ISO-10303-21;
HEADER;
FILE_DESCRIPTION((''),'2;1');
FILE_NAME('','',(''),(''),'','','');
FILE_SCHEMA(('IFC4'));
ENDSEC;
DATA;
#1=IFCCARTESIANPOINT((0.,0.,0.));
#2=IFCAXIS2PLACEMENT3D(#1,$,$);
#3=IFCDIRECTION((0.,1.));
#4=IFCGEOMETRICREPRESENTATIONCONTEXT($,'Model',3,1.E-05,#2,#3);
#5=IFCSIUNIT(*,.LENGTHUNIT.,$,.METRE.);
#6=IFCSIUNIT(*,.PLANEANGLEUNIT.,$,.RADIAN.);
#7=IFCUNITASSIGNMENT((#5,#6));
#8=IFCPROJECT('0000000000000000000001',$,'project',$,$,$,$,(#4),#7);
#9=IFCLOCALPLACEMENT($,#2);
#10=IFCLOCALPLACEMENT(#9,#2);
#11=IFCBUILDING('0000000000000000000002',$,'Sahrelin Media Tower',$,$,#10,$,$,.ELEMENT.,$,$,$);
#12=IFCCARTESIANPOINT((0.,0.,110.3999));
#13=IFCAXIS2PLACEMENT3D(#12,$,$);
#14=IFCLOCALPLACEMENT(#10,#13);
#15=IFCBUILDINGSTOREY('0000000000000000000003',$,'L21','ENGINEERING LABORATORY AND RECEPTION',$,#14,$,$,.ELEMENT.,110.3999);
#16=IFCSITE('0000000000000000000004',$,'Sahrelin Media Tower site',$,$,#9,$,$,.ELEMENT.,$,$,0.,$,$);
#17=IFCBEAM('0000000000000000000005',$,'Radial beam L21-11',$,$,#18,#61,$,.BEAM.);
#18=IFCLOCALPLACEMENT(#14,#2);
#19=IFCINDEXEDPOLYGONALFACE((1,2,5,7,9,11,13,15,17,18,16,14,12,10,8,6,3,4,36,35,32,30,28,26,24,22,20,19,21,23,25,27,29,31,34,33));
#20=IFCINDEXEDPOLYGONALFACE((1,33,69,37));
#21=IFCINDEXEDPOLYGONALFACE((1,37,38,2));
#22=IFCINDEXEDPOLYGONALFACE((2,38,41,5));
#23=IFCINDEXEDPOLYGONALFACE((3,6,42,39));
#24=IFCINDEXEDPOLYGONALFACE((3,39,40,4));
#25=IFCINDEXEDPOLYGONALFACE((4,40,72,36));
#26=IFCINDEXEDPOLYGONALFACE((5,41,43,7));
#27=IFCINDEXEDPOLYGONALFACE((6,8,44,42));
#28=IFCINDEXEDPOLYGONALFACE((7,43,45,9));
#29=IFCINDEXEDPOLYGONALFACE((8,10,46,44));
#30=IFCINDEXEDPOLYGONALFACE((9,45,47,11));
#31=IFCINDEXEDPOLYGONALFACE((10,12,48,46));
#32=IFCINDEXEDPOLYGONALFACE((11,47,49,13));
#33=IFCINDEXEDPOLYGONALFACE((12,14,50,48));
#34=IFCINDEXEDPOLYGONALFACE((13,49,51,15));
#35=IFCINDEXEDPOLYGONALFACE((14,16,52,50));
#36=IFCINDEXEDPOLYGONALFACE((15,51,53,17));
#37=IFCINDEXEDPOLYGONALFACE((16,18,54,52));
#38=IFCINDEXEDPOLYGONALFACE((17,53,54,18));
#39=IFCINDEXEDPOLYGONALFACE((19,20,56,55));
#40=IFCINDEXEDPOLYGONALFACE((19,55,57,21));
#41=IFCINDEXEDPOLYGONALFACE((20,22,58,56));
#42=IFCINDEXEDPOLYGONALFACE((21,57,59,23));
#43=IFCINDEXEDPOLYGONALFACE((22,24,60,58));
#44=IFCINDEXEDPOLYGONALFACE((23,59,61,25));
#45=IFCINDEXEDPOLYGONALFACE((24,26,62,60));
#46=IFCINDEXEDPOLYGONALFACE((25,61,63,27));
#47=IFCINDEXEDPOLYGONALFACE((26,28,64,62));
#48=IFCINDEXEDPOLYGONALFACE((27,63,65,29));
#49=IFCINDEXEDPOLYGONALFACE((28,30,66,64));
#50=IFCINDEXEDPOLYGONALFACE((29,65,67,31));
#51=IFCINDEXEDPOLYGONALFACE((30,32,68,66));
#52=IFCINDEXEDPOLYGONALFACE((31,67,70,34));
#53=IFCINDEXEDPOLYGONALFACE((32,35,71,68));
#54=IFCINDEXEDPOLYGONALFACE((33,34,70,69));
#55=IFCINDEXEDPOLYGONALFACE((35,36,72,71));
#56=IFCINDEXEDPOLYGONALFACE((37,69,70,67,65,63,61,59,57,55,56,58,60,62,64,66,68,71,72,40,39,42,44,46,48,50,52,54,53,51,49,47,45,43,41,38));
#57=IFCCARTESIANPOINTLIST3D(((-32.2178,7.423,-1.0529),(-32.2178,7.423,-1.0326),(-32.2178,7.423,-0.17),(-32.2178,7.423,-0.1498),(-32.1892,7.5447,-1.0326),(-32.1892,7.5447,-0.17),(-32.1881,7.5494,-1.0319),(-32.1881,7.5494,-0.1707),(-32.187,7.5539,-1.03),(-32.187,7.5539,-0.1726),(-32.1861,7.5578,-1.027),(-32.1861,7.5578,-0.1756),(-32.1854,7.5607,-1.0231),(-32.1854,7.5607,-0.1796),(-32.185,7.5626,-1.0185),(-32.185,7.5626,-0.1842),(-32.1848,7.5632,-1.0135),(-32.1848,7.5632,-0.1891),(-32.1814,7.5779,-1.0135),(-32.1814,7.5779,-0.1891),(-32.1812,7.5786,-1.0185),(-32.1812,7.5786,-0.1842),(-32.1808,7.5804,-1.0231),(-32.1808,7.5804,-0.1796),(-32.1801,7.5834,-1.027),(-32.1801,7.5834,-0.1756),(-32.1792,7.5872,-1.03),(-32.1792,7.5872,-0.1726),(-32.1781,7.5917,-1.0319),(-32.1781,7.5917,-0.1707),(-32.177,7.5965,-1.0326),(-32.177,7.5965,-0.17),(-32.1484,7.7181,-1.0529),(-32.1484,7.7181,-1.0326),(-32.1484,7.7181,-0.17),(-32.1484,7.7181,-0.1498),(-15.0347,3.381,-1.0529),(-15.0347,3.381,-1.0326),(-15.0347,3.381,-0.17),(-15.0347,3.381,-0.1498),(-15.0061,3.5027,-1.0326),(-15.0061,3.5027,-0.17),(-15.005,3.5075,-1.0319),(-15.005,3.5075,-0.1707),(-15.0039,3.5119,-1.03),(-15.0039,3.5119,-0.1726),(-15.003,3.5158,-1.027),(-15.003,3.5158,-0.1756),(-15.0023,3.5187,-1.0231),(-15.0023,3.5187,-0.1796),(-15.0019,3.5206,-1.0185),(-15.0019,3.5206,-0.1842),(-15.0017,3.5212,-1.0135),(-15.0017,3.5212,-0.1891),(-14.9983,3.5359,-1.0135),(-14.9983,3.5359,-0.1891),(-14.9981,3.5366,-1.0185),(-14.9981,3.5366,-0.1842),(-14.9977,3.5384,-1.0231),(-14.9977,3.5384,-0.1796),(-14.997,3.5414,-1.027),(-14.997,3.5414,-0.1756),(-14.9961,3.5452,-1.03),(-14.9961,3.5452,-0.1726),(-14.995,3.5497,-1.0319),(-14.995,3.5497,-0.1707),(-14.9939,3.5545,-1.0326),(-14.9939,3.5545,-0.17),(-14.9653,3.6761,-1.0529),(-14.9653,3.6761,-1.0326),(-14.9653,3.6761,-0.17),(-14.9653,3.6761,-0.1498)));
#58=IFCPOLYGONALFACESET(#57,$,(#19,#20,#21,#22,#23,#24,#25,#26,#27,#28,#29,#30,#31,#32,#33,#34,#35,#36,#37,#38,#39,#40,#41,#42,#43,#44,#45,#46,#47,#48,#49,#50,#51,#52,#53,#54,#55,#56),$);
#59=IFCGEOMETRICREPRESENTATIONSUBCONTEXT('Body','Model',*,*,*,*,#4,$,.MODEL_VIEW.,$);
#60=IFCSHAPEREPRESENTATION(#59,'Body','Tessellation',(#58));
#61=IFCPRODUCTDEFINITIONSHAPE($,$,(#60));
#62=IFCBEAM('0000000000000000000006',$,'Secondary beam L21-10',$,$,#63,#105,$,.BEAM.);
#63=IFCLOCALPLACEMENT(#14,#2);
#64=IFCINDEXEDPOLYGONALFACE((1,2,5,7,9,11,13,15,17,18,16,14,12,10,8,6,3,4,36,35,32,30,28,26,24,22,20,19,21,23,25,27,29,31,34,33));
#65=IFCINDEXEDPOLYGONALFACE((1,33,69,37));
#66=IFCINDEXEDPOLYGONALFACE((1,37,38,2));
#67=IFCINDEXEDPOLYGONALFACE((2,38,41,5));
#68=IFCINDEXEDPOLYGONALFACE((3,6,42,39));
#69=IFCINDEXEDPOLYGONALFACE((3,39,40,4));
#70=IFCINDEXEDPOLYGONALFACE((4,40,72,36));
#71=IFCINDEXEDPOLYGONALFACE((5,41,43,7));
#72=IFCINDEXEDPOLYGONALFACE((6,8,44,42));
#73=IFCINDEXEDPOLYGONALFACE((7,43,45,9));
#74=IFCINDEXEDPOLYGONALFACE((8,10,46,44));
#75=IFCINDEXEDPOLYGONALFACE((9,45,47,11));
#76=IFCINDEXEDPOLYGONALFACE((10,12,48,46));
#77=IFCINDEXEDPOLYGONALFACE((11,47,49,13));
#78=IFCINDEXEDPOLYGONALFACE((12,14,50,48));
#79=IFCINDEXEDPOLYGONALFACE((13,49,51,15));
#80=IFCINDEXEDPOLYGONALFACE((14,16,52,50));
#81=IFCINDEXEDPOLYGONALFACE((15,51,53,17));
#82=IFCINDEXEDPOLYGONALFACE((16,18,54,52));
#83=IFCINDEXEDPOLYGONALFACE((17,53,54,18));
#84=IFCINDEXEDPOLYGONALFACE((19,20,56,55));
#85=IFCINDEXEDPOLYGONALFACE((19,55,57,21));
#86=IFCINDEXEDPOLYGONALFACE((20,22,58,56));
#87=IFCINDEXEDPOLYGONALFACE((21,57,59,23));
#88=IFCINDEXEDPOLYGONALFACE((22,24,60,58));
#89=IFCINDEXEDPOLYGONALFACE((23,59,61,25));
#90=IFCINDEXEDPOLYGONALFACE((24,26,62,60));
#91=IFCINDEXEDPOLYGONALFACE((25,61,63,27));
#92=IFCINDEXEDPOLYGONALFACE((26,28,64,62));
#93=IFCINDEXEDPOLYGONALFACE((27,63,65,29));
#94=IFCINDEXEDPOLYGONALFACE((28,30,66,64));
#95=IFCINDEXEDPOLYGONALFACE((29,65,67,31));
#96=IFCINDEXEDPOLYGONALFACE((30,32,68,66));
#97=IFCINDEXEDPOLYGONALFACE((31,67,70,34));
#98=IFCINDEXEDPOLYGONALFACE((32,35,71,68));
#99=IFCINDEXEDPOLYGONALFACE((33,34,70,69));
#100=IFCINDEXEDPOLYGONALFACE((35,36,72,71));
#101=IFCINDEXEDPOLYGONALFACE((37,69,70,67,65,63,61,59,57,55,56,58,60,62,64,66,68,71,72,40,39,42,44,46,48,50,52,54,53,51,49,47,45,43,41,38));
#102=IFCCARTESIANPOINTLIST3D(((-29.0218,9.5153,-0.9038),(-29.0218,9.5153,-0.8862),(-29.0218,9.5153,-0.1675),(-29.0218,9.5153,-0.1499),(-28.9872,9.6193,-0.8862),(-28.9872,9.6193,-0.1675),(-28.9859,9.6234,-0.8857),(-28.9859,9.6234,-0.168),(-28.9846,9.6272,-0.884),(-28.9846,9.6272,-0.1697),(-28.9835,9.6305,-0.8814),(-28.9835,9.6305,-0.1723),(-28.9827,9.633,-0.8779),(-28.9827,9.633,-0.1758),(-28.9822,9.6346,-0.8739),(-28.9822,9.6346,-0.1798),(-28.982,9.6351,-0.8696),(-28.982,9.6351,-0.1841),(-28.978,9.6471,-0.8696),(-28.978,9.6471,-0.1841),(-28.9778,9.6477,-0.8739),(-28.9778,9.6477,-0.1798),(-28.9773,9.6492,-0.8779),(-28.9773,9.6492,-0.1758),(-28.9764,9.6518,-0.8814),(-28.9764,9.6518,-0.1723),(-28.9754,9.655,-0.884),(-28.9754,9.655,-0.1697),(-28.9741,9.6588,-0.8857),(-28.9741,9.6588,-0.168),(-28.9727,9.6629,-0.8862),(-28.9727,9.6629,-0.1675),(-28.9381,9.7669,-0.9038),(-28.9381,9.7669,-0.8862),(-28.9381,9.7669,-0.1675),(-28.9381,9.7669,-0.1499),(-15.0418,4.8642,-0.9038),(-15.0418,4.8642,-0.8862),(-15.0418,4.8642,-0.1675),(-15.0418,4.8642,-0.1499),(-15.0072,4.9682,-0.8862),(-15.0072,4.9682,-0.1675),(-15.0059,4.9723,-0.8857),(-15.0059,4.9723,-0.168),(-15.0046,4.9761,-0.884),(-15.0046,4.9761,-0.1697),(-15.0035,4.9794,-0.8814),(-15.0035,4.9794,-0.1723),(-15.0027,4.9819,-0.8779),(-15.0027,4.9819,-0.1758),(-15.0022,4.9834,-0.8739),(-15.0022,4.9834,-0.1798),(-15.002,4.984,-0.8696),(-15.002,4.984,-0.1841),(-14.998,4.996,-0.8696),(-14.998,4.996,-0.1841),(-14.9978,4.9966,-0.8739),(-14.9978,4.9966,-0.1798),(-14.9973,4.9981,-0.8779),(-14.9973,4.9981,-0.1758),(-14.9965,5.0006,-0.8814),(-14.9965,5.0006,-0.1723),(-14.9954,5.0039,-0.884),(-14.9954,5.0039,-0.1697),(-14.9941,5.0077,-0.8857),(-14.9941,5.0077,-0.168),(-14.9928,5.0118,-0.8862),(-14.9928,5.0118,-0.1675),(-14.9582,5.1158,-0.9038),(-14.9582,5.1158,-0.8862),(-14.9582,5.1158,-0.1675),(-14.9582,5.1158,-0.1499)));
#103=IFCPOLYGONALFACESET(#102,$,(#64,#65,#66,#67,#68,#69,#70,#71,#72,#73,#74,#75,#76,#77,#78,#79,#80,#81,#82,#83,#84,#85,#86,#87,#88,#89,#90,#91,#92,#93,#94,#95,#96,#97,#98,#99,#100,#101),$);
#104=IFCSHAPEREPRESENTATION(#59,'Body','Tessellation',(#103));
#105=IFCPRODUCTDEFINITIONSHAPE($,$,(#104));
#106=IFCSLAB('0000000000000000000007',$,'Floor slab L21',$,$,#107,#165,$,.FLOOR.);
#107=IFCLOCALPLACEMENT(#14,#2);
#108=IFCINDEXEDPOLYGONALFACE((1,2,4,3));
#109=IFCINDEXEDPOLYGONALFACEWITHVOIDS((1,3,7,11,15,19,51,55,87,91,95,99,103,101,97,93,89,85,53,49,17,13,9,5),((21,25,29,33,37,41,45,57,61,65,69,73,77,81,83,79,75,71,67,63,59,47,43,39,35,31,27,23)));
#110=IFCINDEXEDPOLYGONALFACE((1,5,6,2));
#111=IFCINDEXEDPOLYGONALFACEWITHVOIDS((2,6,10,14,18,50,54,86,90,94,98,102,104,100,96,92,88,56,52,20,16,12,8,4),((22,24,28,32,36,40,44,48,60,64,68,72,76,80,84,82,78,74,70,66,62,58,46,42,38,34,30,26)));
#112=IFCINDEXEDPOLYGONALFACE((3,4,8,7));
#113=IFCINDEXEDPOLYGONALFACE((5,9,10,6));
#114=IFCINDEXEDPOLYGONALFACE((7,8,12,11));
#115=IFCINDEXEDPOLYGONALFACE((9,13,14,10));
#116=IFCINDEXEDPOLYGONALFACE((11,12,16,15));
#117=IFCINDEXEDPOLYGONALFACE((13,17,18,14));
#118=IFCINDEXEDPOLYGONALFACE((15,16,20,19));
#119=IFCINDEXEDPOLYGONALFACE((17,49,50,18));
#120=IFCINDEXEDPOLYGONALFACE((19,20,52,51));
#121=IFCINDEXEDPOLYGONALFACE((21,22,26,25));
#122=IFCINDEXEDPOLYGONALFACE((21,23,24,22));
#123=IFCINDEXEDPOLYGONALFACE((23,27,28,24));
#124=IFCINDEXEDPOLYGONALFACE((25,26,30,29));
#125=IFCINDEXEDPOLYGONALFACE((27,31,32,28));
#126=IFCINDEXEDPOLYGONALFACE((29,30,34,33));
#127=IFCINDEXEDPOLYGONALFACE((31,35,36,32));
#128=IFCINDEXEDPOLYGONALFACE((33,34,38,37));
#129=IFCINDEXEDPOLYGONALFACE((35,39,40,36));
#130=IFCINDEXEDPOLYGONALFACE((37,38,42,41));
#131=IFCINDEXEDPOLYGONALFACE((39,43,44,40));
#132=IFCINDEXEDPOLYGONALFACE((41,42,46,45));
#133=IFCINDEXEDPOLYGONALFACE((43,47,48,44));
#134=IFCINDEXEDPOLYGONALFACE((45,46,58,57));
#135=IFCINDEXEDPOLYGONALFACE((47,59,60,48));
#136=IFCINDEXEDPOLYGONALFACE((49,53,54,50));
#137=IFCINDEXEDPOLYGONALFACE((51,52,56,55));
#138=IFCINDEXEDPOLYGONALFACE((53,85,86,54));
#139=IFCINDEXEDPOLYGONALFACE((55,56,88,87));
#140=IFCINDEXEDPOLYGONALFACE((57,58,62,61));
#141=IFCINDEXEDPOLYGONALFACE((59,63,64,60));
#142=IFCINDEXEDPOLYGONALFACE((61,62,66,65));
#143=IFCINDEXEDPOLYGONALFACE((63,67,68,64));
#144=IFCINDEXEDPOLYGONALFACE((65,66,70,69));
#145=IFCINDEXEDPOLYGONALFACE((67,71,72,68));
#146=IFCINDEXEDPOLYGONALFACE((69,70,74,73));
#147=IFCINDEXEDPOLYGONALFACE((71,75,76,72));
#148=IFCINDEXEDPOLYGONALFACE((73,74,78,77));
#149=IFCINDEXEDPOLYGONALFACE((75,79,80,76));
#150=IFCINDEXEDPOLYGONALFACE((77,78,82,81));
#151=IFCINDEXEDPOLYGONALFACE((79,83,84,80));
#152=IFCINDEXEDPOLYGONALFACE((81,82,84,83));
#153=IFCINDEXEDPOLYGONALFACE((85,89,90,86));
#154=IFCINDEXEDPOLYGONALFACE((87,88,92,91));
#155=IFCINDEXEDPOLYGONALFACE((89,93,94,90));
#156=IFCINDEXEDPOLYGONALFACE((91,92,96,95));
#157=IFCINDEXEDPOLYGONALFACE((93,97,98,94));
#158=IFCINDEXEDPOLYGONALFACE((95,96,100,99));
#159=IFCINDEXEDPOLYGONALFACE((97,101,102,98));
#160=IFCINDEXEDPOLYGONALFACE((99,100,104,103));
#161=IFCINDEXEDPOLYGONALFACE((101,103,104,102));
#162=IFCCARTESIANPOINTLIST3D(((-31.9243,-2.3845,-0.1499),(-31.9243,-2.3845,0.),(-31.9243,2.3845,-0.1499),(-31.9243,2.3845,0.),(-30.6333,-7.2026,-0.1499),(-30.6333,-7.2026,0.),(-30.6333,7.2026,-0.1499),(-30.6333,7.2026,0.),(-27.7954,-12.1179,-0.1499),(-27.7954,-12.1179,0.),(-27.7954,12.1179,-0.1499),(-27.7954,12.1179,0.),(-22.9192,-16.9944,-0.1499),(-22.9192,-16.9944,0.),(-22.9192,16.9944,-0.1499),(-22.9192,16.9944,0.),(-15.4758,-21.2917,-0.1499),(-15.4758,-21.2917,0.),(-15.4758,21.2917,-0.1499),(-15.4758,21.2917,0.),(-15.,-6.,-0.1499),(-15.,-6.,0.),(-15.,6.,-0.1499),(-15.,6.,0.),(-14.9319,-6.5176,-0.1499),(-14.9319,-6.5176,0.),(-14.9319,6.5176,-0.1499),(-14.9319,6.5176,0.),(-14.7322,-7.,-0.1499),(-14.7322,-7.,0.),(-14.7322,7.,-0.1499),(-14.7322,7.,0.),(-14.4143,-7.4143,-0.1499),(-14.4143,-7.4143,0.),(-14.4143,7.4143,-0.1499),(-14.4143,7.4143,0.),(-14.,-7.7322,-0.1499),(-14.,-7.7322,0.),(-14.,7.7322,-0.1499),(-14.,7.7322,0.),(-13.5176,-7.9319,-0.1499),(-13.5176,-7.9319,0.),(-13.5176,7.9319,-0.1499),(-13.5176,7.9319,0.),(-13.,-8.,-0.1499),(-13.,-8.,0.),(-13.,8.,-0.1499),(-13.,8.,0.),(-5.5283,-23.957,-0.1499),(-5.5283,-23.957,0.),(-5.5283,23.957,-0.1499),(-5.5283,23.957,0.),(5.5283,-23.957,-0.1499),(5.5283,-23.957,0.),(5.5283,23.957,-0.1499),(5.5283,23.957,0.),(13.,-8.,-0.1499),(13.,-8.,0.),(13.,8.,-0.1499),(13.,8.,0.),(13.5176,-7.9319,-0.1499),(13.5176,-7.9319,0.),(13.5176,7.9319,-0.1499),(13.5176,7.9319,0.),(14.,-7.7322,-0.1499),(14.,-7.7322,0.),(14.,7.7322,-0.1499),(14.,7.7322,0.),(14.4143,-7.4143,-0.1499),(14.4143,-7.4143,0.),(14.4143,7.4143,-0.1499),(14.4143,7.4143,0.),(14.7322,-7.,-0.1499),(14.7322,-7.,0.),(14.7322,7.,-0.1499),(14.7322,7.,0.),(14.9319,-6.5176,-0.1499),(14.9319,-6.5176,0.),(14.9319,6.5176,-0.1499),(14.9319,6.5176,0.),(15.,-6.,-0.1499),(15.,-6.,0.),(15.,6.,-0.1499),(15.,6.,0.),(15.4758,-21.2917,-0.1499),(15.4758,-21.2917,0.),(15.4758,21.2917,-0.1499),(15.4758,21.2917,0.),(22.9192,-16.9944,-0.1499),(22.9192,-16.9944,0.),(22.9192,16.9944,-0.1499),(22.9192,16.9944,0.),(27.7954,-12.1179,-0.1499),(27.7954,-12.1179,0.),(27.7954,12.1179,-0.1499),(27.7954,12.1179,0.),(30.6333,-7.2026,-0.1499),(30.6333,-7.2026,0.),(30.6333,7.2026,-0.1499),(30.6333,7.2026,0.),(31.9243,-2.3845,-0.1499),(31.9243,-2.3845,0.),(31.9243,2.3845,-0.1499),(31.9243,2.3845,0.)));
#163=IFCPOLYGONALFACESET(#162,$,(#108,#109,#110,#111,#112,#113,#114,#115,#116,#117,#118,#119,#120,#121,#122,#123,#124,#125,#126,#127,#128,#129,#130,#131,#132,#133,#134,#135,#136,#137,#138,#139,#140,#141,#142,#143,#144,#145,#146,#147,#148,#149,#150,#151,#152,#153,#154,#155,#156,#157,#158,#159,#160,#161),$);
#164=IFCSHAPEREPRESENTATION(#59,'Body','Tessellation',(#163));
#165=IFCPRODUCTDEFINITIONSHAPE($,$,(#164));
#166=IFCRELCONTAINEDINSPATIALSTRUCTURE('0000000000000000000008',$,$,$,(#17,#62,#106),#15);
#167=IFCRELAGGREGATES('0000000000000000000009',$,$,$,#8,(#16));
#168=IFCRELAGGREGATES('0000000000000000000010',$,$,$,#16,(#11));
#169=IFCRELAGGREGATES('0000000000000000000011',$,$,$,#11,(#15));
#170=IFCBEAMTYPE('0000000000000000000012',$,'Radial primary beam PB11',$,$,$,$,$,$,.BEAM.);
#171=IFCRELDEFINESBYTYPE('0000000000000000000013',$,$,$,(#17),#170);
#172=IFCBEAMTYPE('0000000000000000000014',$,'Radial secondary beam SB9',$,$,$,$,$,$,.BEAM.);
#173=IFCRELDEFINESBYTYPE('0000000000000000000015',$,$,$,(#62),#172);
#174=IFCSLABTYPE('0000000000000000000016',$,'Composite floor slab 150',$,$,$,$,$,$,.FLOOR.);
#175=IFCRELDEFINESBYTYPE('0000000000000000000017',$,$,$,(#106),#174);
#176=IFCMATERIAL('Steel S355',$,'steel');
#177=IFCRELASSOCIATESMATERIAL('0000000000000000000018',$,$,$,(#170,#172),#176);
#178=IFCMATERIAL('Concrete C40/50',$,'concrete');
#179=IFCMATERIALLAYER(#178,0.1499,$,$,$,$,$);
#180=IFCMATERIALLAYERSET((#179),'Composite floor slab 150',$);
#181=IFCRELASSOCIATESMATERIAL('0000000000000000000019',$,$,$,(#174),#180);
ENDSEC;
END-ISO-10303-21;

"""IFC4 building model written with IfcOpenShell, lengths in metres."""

from ifc_helpers import new_model, si_unit, direction, frame, origin, origin_2d, place, context, subcontext, project, spatial, polyline, i_section, outline, extrude, material, layer, layer_set, material_profile, profile_set, type_object, element, save


model = new_model("IFC4")

# Units and contexts
model_context = context("Model", 3, precision=1e-05, world=origin(), true_north=direction((0.0, 1.0)))
body_context = subcontext(model_context, "Body", "Model", "MODEL_VIEW")
ifc_project = project(units=[si_unit("LENGTHUNIT", "METRE"), si_unit("PLANEANGLEUNIT", "RADIAN")], contexts=[model_context])

# Site, building, storey
site_placement = place(None, origin())
site = spatial("IfcSite", under=ifc_project, at=site_placement, Name="Sahrelin Media Tower site", CompositionType="ELEMENT", RefElevation=0.0)
building_placement = place(site_placement, origin())
building = spatial("IfcBuilding", under=site, at=building_placement, Name="Sahrelin Media Tower", CompositionType="ELEMENT")
storey_placement = place(building_placement, frame((0.0, 0.0, 110.3999)))
storey = spatial("IfcBuildingStorey", under=building, at=storey_placement, Name="L21", Description="ENGINEERING LABORATORY AND RECEPTION", CompositionType="ELEMENT", Elevation=110.3999)

# Beams
ifc_material_1 = material(Name="Steel S355", Category="steel")
ifc_material_profile_1 = material_profile(ifc_material_1, i_section(OverallWidth=0.3032, OverallDepth=0.9031, WebThickness=0.0151, FlangeThickness=0.0203, FilletRadius=0.019, at=origin_2d()), Name="UB 914x305x201")
ifc_profile_set_1 = profile_set([ifc_material_profile_1], Name="Steel S355")
beam_type_1 = type_object("IfcBeamType", Name="Radial primary beam PB11", PredefinedType="BEAM", material=ifc_profile_set_1)
beam_1_placement = place(storey_placement, frame((-15.0, 3.5286, -0.6013), z_axis=(-0.973431, 0.228981, 0.0), x_axis=(-0.228981, -0.973431, 0.0)))
element("IfcBeam", 1, at=beam_1_placement, inside=storey, type_object=beam_type_1, Name="Radial beam L21-11", PredefinedType="BEAM", context=body_context, shape_type="SweptSolid", body=[
    extrude(i_section(OverallWidth=0.3032, OverallDepth=0.9031, WebThickness=0.0151, FlangeThickness=0.0203, FilletRadius=0.019, at=origin_2d()), origin(), (0.0, 0.0, 1.0), 17.6521),
])
ifc_material_profile_2 = material_profile(ifc_material_1, i_section(OverallWidth=0.2651, OverallDepth=0.7539, WebThickness=0.0127, FlangeThickness=0.0176, FilletRadius=0.0166, at=origin_2d()), Name="UB 762x267x147")
ifc_profile_set_2 = profile_set([ifc_material_profile_2], Name="Steel S355")
beam_type_2 = type_object("IfcBeamType", Name="Radial secondary beam SB9", PredefinedType="BEAM", material=ifc_profile_set_2)
beam_2_placement = place(storey_placement, frame((-15.0, 4.99, -0.5269), z_axis=(-0.948864, 0.315686, 0.0), x_axis=(-0.315686, -0.948864, 0.0)))
element("IfcBeam", 2, at=beam_2_placement, inside=storey, type_object=beam_type_2, Name="Secondary beam L21-10", PredefinedType="BEAM", context=body_context, shape_type="SweptSolid", body=[
    extrude(i_section(OverallWidth=0.2651, OverallDepth=0.7539, WebThickness=0.0127, FlangeThickness=0.0176, FilletRadius=0.0166, at=origin_2d()), origin(), (0.0, 0.0, 1.0), 14.7334),
])

# Slab
ifc_material_2 = material(Name="Concrete C40/50", Category="concrete")
ifc_layer_1 = layer(ifc_material_2, 0.1499)
ifc_layer_set_1 = layer_set([ifc_layer_1], Name="Composite floor slab 150")
slab_type = type_object("IfcSlabType", Name="Composite floor slab 150", PredefinedType="FLOOR", material=ifc_layer_set_1)
slab_placement = place(storey_placement, frame((0.0, 0.0, -0.1499)))
element("IfcSlab", 3, at=slab_placement, inside=storey, type_object=slab_type, Name="Floor slab L21", PredefinedType="FLOOR", context=body_context, shape_type="SweptSolid", body=[
    extrude(outline(polyline([(31.9243, -2.3845), (31.9243, 2.3845), (30.6333, 7.2026), (27.7954, 12.1179), (22.9192, 16.9944), (15.4758, 21.2917), (5.5283, 23.957), (-5.5283, 23.957), (-15.4758, 21.2917), (-22.9192, 16.9944), (-27.7954, 12.1179), (-30.6333, 7.2026), (-31.9243, 2.3845), (-31.9243, -2.3845), (-30.6333, -7.2026), (-27.7954, -12.1179), (-22.9192, -16.9944), (-15.4758, -21.2917), (-5.5283, -23.957), (5.5283, -23.957), (15.4758, -21.2917), (22.9192, -16.9944), (27.7954, -12.1179), (30.6333, -7.2026), (31.9243, -2.3845)]), holes=[polyline([(14.9319, 6.5176), (15.0, 6.0), (15.0, -6.0), (14.9319, -6.5176), (14.7322, -7.0), (14.4143, -7.4143), (14.0, -7.7322), (13.5176, -7.9319), (13.0, -8.0), (-13.0, -8.0), (-13.5176, -7.9319), (-14.0, -7.7322), (-14.4143, -7.4143), (-14.7322, -7.0), (-14.9319, -6.5176), (-15.0, -6.0), (-15.0, 6.0), (-14.9319, 6.5176), (-14.7322, 7.0), (-14.4143, 7.4143), (-14.0, 7.7322), (-13.5176, 7.9319), (-13.0, 8.0), (13.0, 8.0), (13.5176, 7.9319), (14.0, 7.7322), (14.4143, 7.4143), (14.7322, 7.0), (14.9319, 6.5176)])]), origin(), (0.0, 0.0, 1.0), 0.1499),
])

save(model, "model.ifc")
